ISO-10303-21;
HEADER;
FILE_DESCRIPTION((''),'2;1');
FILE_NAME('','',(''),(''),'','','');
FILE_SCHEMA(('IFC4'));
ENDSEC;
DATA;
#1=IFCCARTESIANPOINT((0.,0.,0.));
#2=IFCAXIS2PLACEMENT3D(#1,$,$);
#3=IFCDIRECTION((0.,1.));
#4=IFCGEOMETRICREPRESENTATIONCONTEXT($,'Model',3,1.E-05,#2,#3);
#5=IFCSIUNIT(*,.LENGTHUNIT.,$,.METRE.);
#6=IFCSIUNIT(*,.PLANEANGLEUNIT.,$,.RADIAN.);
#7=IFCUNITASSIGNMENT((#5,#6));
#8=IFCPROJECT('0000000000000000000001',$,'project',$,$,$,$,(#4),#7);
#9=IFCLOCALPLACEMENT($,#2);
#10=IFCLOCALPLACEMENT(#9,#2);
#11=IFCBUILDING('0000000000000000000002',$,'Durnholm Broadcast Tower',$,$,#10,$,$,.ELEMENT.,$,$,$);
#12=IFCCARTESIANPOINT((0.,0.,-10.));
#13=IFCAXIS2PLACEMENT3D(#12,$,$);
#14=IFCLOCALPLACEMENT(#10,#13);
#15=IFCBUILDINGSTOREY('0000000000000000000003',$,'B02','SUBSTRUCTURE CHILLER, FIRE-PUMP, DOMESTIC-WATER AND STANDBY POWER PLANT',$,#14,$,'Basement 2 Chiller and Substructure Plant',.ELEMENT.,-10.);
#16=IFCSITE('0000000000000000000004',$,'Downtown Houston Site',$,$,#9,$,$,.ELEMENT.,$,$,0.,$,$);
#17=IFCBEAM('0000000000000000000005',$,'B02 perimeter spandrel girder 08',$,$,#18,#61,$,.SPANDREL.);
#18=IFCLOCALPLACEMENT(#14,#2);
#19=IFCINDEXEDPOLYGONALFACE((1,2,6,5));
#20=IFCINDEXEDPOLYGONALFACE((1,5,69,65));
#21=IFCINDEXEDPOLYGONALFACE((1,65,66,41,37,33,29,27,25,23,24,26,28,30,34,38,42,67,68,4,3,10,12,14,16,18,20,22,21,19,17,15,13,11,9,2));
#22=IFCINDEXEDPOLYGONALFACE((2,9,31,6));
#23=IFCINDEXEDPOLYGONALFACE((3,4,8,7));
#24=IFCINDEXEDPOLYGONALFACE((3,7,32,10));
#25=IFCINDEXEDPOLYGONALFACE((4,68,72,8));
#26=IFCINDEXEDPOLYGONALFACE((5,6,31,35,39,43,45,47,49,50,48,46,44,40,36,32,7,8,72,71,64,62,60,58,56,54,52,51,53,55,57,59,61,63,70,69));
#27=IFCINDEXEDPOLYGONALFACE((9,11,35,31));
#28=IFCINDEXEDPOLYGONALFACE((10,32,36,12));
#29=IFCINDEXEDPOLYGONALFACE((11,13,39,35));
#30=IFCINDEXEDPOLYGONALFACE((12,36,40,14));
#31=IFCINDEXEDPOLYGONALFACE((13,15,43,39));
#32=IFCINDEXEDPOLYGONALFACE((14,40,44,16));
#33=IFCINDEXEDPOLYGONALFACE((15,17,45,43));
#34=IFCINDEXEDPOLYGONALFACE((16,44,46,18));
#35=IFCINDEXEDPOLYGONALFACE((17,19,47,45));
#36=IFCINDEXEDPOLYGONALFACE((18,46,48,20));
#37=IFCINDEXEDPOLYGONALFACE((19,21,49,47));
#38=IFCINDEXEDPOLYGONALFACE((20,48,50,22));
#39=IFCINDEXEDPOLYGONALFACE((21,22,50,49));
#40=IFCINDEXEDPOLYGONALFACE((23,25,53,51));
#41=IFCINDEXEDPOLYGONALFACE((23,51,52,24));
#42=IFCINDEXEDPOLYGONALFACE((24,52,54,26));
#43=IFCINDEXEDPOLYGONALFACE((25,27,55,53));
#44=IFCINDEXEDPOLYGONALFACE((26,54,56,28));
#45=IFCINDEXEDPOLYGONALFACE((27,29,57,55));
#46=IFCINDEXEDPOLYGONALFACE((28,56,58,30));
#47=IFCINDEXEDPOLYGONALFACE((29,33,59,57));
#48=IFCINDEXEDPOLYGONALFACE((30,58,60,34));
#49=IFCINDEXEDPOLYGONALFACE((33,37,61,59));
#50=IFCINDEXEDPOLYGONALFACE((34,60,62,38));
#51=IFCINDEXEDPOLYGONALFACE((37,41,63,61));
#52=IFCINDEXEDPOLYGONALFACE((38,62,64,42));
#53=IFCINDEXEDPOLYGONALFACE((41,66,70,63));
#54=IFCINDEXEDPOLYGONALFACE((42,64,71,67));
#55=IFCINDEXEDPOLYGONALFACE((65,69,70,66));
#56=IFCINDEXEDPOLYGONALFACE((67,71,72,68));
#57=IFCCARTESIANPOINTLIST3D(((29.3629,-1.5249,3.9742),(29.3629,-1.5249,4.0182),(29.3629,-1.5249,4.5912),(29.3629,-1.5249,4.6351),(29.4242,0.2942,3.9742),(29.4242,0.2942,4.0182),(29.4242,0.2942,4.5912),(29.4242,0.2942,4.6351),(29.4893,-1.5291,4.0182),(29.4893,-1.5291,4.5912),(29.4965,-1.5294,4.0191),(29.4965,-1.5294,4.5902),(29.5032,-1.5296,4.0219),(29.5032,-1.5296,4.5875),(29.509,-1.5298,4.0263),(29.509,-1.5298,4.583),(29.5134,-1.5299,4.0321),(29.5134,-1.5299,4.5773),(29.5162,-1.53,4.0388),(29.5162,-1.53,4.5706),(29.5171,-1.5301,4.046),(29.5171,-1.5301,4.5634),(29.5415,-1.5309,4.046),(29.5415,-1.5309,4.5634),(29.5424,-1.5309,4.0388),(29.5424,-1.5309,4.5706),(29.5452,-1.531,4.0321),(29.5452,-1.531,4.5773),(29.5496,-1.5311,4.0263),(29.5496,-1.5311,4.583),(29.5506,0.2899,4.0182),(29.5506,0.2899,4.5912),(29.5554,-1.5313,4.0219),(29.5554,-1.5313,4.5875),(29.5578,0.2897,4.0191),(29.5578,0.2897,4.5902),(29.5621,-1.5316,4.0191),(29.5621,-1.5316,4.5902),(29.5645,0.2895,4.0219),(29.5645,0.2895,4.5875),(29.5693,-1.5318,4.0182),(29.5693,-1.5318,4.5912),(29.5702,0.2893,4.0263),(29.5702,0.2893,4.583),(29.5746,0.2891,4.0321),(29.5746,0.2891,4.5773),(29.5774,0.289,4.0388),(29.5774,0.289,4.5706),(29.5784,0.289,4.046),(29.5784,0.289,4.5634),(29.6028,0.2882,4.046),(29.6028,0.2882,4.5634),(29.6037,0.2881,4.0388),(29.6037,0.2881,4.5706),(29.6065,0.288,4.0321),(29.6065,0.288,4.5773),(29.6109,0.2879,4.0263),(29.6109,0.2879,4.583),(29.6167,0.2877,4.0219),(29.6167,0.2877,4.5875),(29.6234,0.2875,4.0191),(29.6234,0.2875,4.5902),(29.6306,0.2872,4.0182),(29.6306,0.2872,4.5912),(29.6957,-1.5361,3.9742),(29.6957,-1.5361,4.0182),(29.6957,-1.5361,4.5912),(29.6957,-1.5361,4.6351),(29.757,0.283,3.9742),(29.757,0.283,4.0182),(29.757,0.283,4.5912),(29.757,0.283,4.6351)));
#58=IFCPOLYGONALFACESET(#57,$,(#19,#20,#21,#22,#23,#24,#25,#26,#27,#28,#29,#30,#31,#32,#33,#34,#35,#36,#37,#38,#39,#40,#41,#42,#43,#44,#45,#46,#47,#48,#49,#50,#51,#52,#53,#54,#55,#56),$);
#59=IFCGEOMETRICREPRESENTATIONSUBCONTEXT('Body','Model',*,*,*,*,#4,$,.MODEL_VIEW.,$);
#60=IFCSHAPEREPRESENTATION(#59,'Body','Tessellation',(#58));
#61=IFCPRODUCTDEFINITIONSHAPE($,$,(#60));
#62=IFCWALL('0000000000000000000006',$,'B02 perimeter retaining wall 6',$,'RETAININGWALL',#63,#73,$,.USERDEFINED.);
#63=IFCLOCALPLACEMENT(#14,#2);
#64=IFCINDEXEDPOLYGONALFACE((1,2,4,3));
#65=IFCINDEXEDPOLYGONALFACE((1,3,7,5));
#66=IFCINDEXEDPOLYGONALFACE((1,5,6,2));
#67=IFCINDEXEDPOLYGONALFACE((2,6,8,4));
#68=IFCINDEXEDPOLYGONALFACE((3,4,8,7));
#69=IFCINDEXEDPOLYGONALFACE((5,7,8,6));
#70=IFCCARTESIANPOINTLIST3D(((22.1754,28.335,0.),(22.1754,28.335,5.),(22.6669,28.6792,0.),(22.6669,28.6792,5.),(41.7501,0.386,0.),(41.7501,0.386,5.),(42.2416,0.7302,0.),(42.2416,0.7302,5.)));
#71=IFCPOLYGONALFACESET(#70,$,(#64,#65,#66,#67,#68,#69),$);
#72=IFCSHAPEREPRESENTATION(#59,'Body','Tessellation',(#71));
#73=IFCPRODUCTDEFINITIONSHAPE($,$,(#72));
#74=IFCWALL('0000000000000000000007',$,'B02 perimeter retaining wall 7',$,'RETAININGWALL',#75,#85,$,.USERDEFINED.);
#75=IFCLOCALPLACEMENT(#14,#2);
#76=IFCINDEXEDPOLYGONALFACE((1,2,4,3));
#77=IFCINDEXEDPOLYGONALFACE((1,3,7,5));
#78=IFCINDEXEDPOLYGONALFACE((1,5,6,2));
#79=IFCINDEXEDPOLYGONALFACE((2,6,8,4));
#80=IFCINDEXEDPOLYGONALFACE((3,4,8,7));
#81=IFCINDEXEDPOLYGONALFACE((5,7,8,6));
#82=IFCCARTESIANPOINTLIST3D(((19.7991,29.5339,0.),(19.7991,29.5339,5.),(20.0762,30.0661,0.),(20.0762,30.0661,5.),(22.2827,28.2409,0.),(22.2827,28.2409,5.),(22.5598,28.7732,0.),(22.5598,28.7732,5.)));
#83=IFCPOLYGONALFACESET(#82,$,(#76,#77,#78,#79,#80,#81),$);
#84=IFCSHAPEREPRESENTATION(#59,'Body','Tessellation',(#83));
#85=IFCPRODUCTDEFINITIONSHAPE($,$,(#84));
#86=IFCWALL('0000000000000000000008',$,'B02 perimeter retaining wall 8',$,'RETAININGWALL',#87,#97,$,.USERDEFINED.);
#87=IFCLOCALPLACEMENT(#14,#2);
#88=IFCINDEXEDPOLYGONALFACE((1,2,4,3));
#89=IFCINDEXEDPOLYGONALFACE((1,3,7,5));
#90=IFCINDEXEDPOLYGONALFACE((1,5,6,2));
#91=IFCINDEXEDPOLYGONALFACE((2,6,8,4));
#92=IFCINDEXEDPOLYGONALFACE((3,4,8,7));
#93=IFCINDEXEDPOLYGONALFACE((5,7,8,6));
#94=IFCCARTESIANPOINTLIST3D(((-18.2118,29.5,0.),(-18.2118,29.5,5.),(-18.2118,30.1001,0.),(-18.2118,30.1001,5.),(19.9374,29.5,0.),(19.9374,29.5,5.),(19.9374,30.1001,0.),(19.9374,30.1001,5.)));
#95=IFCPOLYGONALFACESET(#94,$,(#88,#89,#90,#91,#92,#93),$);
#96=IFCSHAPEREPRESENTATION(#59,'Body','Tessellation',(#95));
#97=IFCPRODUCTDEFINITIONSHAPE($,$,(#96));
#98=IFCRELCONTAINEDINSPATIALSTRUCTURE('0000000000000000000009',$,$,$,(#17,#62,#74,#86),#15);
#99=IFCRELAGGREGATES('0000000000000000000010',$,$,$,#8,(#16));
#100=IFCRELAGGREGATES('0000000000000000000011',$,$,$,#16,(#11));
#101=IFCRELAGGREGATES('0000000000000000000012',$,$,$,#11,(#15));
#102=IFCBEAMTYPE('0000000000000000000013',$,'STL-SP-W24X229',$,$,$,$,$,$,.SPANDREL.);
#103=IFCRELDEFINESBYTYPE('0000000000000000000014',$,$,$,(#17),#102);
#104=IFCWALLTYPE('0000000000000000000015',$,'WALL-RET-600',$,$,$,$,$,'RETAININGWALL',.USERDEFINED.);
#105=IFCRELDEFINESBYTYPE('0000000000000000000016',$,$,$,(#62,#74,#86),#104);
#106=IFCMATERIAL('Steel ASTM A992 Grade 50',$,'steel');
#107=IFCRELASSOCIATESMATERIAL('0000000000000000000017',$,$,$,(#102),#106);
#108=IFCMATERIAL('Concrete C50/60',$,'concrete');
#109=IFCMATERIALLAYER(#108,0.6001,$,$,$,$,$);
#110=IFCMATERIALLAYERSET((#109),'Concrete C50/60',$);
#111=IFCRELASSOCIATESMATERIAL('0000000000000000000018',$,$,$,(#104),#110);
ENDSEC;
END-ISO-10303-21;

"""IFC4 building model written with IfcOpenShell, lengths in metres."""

from ifc_helpers import new_model, si_unit, direction, frame, frame_2d, origin, origin_2d, place, context, subcontext, project, spatial, rectangle, i_section, extrude, source, transform, mapped, material, layer, layer_set, material_profile, profile_set, type_object, type_shapes, element, save


model = new_model("IFC4")

# Units and contexts
model_context = context("Model", 3, precision=1e-05, world=origin(), true_north=direction((0.0, 1.0)))
body_context = subcontext(model_context, "Body", "Model", "MODEL_VIEW")
ifc_project = project(units=[si_unit("LENGTHUNIT", "METRE"), si_unit("PLANEANGLEUNIT", "RADIAN")], contexts=[model_context])

# Site, building, storey
site_placement = place(None, origin())
site = spatial("IfcSite", under=ifc_project, at=site_placement, Name="Downtown Houston Site", CompositionType="ELEMENT", RefElevation=0.0)
building_placement = place(site_placement, origin())
building = spatial("IfcBuilding", under=site, at=building_placement, Name="Durnholm Broadcast Tower", CompositionType="ELEMENT")
storey_placement = place(building_placement, frame((0.0, 0.0, -10.0)))
storey = spatial("IfcBuildingStorey", under=building, at=storey_placement, Name="B02", Description="SUBSTRUCTURE CHILLER, FIRE-PUMP, DOMESTIC-WATER AND STANDBY POWER PLANT", LongName="Basement 2 Chiller and Substructure Plant", CompositionType="ELEMENT", Elevation=-10.0)

# Shared definitions
ifc_material_1 = material(Name="Concrete C50/60", Category="concrete")

# Beam
ifc_material_2 = material(Name="Steel ASTM A992 Grade 50", Category="steel")
ifc_material_profile_1 = material_profile(ifc_material_2, i_section(OverallWidth=0.333, OverallDepth=0.6609, WebThickness=0.0244, FlangeThickness=0.0439, FilletRadius=0.0278, at=origin_2d()), Name="W24X229")
ifc_profile_set_1 = profile_set([ifc_material_profile_1], Name="Steel ASTM A992 Grade 50")
beam_type = type_object("IfcBeamType", Name="STL-SP-W24X229", PredefinedType="SPANDREL", material=ifc_profile_set_1)
shared_shape_1 = source(origin(), body_context, "Body", "SweptSolid", [
    extrude(i_section(OverallWidth=0.333, OverallDepth=0.6609, WebThickness=0.0244, FlangeThickness=0.0439, FilletRadius=0.0278, at=origin_2d()), origin(), (0.0, 0.0, 1.0), 1.8201),
])
type_shapes(beam_type, [shared_shape_1])
beam_placement = place(storey_placement, frame((29.5906, 0.2886, 4.3047), z_axis=(-0.033668, -0.999433, 0.0), x_axis=(0.999433, -0.033668, 0.0)))
element("IfcBeam", 1, at=beam_placement, inside=storey, type_object=beam_type, Name="B02 perimeter spandrel girder 08", PredefinedType="SPANDREL", context=body_context, shape_type="MappedRepresentation", body=[
    mapped(shared_shape_1, transform((0.0, 0.0, 0.0), x_axis=(1.0, 0.0, 0.0), y_axis=(0.0, 1.0, 0.0), z_axis=(0.0, 0.0, 1.0), scale=1.0)),
])

# Walls
ifc_layer = layer(ifc_material_1, 0.6001)
ifc_layer_set = layer_set([ifc_layer], Name="Concrete C50/60")
wall_type = type_object("IfcWallType", Name="WALL-RET-600", ElementType="RETAININGWALL", PredefinedType="USERDEFINED", material=ifc_layer_set)
wall_1_placement = place(storey_placement, frame((41.9958, 0.5581, 0.0), z_axis=(0.0, 0.0, 1.0), x_axis=(-0.573667, 0.819088, 0.0)))
element("IfcWall", 2, at=wall_1_placement, inside=storey, type_object=wall_type, Name="B02 perimeter retaining wall 6", ObjectType="RETAININGWALL", PredefinedType="USERDEFINED", context=body_context, shape_type="SweptSolid", body=[
    extrude(rectangle(XDim=34.1221, YDim=0.6001, at=frame_2d((17.061, 0.0))), origin(), (0.0, 0.0, 1.0), 5.0),
])
wall_2_placement = place(storey_placement, frame((22.4211, 28.5071, 0.0), z_axis=(0.0, 0.0, 1.0), x_axis=(-0.887001, 0.461767, 0.0)))
element("IfcWall", 3, at=wall_2_placement, inside=storey, type_object=wall_type, Name="B02 perimeter retaining wall 7", ObjectType="RETAININGWALL", PredefinedType="USERDEFINED", context=body_context, shape_type="SweptSolid", body=[
    extrude(rectangle(XDim=2.8, YDim=0.6001, at=frame_2d((1.3999, 0.0))), origin(), (0.0, 0.0, 1.0), 5.0),
])
wall_3_placement = place(storey_placement, frame((19.9375, 29.8, 0.0), z_axis=(0.0, 0.0, 1.0), x_axis=(-1.0, 0.0, 0.0)))
element("IfcWall", 4, at=wall_3_placement, inside=storey, type_object=wall_type, Name="B02 perimeter retaining wall 8", ObjectType="RETAININGWALL", PredefinedType="USERDEFINED", context=body_context, shape_type="SweptSolid", body=[
    extrude(rectangle(XDim=38.1492, YDim=0.6001, at=frame_2d((19.0747, 0.0))), origin(), (0.0, 0.0, 1.0), 5.0),
])

save(model, "model.ifc")
